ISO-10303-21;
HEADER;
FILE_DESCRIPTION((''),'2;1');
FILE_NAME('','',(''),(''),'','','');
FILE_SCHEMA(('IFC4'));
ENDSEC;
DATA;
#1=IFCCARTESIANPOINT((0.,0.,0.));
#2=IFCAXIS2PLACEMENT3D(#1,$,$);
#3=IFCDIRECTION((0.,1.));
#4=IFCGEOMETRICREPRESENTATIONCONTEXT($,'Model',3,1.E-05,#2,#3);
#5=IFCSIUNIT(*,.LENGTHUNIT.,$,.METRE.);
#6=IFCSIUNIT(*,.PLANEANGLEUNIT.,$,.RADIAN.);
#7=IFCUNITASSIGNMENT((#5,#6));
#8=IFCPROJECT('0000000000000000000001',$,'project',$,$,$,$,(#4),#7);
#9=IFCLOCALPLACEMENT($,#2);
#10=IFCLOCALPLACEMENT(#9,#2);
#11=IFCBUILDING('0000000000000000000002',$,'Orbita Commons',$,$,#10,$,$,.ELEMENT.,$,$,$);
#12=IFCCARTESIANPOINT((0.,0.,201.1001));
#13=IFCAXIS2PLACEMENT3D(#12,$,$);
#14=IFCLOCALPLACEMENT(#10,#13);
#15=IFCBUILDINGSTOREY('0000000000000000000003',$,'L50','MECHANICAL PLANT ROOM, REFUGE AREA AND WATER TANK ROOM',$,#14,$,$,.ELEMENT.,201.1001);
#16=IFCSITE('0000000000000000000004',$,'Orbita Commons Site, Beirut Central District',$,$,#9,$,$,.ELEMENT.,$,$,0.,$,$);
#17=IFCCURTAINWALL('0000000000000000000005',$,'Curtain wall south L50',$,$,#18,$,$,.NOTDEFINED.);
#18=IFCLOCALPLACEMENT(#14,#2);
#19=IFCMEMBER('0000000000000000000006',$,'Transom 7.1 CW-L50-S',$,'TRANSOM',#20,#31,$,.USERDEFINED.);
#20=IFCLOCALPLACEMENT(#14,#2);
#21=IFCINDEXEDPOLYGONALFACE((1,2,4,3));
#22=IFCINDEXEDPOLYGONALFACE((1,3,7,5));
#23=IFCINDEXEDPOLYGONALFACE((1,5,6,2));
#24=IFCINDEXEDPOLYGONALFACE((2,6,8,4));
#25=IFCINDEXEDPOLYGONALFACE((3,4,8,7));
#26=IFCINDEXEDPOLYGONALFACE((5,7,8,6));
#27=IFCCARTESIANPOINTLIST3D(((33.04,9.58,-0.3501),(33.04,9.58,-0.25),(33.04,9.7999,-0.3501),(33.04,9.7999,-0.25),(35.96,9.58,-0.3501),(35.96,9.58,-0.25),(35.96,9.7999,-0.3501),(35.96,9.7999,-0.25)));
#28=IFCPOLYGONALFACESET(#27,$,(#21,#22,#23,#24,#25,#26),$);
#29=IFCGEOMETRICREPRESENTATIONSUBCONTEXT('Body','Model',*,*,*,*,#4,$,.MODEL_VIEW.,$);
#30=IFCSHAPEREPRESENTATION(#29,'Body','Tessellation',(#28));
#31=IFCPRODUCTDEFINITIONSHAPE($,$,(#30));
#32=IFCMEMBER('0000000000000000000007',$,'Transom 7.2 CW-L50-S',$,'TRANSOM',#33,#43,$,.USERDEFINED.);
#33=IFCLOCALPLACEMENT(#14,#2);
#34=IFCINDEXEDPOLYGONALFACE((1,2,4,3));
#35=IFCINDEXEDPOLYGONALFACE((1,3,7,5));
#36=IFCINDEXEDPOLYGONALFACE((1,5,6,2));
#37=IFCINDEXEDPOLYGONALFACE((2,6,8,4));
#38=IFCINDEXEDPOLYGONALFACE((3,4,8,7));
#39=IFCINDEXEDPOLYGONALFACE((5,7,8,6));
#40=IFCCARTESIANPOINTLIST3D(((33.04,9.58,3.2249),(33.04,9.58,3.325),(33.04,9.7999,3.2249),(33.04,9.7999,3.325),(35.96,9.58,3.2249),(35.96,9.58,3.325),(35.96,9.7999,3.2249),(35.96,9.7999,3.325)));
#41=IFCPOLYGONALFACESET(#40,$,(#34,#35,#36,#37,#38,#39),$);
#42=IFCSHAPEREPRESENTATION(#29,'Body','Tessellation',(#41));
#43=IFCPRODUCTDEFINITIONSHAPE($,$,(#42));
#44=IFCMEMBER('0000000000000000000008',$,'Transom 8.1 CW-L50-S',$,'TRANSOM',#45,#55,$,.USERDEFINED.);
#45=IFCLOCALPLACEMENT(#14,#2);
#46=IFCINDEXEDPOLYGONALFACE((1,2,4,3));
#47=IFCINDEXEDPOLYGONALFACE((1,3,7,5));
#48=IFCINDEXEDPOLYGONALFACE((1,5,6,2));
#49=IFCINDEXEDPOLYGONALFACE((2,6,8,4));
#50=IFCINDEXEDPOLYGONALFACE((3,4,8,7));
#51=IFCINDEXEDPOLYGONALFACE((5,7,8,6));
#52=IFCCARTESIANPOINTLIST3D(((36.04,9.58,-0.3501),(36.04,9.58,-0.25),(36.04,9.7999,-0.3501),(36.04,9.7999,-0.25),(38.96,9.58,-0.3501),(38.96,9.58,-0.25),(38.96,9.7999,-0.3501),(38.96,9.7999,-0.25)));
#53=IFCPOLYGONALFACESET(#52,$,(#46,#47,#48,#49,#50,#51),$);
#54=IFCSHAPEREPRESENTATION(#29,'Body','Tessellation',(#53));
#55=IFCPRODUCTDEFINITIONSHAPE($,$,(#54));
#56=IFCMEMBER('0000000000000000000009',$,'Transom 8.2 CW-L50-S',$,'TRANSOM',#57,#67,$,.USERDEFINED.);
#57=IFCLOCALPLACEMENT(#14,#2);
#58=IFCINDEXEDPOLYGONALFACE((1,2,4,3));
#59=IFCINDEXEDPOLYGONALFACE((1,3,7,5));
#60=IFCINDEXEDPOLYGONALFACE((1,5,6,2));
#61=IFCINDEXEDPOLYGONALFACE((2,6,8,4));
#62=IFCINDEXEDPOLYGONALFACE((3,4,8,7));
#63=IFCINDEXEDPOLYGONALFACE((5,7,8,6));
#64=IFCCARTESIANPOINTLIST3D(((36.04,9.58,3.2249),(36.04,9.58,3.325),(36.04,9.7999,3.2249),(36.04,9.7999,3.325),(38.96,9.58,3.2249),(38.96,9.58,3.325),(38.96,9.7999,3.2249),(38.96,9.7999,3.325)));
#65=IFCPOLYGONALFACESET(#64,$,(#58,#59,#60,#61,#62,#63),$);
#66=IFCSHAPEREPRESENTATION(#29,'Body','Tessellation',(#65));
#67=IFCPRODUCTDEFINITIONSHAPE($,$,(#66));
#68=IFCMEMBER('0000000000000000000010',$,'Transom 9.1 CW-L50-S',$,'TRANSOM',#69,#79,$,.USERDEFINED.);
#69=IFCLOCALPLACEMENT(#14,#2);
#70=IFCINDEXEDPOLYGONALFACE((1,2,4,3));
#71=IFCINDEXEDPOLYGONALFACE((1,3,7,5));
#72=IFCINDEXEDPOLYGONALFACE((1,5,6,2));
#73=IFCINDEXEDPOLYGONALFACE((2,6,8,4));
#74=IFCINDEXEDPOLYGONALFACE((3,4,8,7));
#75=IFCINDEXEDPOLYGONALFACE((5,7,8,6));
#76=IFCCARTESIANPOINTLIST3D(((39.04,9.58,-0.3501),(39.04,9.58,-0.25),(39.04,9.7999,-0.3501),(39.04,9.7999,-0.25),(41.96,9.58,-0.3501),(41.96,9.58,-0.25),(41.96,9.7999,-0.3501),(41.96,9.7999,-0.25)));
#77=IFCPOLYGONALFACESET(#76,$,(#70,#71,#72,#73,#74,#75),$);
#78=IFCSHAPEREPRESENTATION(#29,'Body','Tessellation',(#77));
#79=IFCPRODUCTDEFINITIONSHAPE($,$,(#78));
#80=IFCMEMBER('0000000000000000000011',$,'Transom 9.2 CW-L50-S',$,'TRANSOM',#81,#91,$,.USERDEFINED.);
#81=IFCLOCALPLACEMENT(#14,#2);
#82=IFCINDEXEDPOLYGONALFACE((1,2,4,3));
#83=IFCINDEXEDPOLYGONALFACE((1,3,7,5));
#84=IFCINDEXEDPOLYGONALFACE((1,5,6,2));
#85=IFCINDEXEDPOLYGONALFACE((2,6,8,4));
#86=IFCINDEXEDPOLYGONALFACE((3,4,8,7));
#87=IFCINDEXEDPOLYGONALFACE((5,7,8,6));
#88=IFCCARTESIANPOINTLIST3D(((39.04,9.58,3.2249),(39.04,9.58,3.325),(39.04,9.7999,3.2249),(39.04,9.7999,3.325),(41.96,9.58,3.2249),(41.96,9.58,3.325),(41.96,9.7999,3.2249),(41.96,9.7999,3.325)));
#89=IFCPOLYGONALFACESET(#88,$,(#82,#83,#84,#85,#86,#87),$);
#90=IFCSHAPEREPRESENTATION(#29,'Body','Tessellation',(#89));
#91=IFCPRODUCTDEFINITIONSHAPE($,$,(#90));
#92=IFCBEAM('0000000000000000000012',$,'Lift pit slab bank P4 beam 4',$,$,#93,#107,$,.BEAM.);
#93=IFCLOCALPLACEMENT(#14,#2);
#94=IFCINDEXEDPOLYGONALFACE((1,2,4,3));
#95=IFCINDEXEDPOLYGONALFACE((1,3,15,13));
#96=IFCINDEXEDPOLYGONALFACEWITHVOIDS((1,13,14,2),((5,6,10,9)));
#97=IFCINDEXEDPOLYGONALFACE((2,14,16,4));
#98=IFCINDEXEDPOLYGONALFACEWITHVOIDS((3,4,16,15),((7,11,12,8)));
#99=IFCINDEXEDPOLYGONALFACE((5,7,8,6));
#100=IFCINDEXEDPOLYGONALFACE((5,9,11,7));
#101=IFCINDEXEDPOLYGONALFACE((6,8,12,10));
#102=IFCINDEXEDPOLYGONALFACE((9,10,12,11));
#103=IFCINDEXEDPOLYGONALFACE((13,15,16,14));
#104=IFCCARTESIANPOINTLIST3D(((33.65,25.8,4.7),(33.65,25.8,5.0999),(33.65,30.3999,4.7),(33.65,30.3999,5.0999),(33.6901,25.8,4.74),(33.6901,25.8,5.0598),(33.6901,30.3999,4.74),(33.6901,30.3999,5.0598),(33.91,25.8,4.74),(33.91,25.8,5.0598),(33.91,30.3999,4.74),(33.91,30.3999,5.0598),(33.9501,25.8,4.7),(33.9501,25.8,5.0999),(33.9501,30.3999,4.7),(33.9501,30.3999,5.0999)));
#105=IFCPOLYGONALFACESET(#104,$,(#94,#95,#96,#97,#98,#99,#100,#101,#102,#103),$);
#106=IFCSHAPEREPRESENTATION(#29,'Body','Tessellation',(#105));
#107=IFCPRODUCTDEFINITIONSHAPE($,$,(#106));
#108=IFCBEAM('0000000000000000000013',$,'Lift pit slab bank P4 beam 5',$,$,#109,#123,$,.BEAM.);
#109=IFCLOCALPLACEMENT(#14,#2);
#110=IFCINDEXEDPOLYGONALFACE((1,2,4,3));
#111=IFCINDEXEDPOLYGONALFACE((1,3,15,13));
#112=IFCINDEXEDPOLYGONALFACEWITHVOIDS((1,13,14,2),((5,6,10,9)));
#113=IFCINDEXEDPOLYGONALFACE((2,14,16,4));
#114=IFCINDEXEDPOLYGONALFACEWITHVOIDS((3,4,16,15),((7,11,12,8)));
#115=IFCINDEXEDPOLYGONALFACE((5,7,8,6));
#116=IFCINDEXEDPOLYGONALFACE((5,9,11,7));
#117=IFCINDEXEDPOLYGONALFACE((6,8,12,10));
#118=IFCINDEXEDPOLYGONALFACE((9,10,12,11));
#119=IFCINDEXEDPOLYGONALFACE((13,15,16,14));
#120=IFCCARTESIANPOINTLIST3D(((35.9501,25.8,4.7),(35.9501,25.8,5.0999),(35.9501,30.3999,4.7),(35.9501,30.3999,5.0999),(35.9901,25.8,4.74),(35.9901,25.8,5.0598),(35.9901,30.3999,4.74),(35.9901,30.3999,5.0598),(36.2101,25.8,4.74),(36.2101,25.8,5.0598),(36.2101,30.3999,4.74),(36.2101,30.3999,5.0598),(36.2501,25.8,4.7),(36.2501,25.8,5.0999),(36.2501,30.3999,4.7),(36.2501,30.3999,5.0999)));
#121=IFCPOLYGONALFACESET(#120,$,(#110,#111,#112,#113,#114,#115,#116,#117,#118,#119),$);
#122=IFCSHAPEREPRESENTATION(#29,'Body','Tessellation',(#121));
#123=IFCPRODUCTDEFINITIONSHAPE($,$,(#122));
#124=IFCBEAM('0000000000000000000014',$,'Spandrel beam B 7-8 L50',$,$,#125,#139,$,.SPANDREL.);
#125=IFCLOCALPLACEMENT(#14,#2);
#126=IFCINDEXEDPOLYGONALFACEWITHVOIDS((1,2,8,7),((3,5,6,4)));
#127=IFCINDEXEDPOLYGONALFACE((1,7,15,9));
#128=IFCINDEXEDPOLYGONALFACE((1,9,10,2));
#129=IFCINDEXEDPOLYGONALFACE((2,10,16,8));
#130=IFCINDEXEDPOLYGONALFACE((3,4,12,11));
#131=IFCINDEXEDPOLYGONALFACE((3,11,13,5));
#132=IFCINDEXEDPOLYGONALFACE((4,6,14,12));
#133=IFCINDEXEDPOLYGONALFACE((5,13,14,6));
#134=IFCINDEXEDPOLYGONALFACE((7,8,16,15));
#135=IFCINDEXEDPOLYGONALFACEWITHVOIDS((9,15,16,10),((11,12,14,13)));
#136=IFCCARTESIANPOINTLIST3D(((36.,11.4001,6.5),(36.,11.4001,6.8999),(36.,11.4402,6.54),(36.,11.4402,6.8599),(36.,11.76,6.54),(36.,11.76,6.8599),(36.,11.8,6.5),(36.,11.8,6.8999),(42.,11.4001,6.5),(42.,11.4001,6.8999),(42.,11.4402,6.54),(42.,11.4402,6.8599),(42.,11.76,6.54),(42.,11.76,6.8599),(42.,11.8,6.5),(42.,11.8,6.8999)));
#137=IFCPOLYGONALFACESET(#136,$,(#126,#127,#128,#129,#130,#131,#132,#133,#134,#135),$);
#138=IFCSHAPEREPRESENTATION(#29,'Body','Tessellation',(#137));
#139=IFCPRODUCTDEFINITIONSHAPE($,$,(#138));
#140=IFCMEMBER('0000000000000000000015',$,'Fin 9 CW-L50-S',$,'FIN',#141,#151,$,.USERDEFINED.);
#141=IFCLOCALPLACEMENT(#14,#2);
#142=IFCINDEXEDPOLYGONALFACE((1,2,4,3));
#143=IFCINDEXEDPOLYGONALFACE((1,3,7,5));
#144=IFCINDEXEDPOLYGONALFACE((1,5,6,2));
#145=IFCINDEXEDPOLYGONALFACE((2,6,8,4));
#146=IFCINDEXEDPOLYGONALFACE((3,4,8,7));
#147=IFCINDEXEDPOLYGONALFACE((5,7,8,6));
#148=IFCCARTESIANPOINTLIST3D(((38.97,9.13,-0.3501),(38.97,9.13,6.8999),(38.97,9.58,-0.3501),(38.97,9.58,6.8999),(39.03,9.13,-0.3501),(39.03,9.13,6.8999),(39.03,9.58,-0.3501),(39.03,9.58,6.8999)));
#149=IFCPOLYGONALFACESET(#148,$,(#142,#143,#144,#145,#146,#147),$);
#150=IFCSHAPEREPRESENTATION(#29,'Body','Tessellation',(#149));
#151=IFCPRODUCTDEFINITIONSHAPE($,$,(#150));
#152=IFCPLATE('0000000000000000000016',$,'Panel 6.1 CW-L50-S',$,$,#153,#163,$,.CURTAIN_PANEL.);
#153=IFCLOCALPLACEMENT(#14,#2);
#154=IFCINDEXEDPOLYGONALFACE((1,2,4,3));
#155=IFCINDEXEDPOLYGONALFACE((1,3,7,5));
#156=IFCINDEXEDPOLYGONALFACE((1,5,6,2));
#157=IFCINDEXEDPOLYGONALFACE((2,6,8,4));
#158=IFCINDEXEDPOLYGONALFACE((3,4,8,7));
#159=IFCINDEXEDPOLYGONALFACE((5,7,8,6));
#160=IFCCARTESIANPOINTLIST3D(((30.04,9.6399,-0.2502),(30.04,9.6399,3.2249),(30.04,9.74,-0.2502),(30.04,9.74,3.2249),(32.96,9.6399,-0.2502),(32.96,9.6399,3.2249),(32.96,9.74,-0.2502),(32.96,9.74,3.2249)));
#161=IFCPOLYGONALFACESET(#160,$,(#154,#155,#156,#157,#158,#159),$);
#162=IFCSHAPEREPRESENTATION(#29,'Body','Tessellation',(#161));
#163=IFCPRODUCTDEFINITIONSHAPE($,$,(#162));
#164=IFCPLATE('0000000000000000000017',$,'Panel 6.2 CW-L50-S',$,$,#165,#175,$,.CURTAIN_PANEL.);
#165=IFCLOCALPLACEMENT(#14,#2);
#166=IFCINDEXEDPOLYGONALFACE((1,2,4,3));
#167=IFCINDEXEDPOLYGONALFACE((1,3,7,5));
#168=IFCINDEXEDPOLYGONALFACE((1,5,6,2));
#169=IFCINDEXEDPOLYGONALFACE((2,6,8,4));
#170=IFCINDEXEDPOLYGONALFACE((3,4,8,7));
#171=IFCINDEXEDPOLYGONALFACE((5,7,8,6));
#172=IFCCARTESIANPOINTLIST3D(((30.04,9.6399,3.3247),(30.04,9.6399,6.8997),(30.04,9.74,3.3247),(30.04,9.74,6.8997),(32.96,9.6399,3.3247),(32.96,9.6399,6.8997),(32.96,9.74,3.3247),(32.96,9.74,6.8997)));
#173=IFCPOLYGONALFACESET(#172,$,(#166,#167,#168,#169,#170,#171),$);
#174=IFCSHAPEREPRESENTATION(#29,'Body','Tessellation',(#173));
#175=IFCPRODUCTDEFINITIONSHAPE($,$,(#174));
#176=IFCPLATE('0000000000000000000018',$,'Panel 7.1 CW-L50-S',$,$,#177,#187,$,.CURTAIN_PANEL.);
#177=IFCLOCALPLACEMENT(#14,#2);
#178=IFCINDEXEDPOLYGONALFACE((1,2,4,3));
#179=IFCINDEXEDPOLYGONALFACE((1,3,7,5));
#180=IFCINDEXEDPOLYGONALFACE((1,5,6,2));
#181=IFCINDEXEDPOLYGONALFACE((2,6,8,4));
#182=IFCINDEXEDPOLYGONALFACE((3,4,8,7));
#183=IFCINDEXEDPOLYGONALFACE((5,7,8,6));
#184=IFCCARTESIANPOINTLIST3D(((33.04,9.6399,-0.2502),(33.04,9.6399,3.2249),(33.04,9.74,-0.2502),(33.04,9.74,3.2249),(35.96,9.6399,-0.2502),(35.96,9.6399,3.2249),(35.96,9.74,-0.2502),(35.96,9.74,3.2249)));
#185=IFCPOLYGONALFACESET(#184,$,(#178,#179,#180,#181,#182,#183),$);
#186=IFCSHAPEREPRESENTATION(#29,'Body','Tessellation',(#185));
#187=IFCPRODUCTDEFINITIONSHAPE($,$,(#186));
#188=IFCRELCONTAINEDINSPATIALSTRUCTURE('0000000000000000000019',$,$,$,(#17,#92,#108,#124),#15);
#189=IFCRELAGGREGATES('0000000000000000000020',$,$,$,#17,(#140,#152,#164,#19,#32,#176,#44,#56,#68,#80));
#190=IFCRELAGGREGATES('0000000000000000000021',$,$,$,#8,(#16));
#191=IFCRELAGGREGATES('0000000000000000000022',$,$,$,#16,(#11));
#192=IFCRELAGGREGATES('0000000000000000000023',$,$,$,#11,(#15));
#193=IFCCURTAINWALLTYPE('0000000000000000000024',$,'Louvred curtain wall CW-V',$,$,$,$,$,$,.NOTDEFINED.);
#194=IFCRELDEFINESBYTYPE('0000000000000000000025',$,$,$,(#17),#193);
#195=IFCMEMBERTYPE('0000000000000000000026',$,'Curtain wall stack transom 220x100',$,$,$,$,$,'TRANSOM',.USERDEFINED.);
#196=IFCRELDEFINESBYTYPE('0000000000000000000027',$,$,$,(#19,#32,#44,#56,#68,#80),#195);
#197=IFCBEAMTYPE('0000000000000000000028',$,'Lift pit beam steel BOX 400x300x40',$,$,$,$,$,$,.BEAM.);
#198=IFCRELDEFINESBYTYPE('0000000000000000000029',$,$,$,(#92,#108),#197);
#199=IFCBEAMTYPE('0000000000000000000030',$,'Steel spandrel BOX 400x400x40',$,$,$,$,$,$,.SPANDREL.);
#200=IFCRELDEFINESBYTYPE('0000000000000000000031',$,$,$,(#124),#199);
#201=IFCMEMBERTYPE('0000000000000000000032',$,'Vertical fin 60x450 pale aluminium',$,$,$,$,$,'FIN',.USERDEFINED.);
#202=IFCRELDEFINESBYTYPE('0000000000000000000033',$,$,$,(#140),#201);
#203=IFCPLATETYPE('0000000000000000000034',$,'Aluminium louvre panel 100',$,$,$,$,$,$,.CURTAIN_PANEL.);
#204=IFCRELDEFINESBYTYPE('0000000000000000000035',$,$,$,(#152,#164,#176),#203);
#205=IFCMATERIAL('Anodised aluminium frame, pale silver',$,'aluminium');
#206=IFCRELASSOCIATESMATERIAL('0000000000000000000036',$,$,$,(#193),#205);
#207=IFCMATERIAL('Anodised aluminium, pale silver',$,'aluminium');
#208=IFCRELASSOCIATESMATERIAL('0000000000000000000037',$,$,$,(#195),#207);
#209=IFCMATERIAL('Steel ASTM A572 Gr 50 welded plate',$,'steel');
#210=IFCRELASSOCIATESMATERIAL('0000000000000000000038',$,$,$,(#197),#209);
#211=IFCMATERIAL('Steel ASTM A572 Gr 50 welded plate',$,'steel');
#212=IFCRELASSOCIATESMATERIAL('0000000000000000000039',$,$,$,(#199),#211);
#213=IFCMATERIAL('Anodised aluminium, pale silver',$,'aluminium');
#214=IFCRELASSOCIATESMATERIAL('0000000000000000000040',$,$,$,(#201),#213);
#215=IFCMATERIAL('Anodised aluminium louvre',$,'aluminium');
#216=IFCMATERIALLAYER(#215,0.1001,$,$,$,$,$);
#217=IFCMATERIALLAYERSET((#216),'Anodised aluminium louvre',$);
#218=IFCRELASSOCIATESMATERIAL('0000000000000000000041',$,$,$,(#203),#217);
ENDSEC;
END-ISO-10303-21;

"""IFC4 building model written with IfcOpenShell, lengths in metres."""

from ifc_helpers import new_model, si_unit, direction, frame, origin, origin_2d, place, context, subcontext, project, spatial, rectangle, hollow_rectangle, extrude, material, layer, layer_set, material_profile, profile_set, type_object, element, aggregate, save


model = new_model("IFC4")

# Units and contexts
model_context = context("Model", 3, precision=1e-05, world=origin(), true_north=direction((0.0, 1.0)))
body_context = subcontext(model_context, "Body", "Model", "MODEL_VIEW")
ifc_project = project(units=[si_unit("LENGTHUNIT", "METRE"), si_unit("PLANEANGLEUNIT", "RADIAN")], contexts=[model_context])

# Site, building, storey
site_placement = place(None, origin())
site = spatial("IfcSite", under=ifc_project, at=site_placement, Name="Orbita Commons Site, Beirut Central District", CompositionType="ELEMENT", RefElevation=0.0)
building_placement = place(site_placement, origin())
building = spatial("IfcBuilding", under=site, at=building_placement, Name="Orbita Commons", CompositionType="ELEMENT")
storey_placement = place(building_placement, frame((0.0, 0.0, 201.1001)))
storey = spatial("IfcBuildingStorey", under=building, at=storey_placement, Name="L50", Description="MECHANICAL PLANT ROOM, REFUGE AREA AND WATER TANK ROOM", CompositionType="ELEMENT", Elevation=201.1001)

# Curtain wall, members
ifc_material_1 = material(Name="Anodised aluminium frame, pale silver", Category="aluminium")
curtain_wall_type = type_object("IfcCurtainWallType", Name="Louvred curtain wall CW-V", PredefinedType="NOTDEFINED", material=ifc_material_1)
curtain_wall_placement = place(storey_placement, origin())
curtain_wall = element("IfcCurtainWall", 1, at=curtain_wall_placement, inside=storey, type_object=curtain_wall_type, Name="Curtain wall south L50", PredefinedType="NOTDEFINED")
ifc_material_2 = material(Name="Anodised aluminium, pale silver", Category="aluminium")
ifc_material_profile_1 = material_profile(ifc_material_2, rectangle(XDim=0.22, YDim=0.1001, at=origin_2d()), Name="AL 220x100")
ifc_profile_set_1 = profile_set([ifc_material_profile_1], Name="Anodised aluminium, pale silver")
member_type_1 = type_object("IfcMemberType", Name="Curtain wall stack transom 220x100", ElementType="TRANSOM", PredefinedType="USERDEFINED", material=ifc_profile_set_1)
member_1_placement = place(storey_placement, frame((33.04, 9.6899, -0.3), z_axis=(1.0, 0.0, 0.0), x_axis=(0.0, 1.0, 0.0)))
member_1 = element("IfcMember", 2, at=member_1_placement, type_object=member_type_1, Name="Transom 7.1 CW-L50-S", ObjectType="TRANSOM", PredefinedType="USERDEFINED", context=body_context, shape_type="SweptSolid", body=[
    extrude(rectangle(XDim=0.22, YDim=0.1001, at=origin_2d()), origin(), (0.0, 0.0, 1.0), 2.9199),
])
member_2_placement = place(storey_placement, frame((33.04, 9.6899, 3.2749), z_axis=(1.0, 0.0, 0.0), x_axis=(0.0, 1.0, 0.0)))
member_2 = element("IfcMember", 3, at=member_2_placement, type_object=member_type_1, Name="Transom 7.2 CW-L50-S", ObjectType="TRANSOM", PredefinedType="USERDEFINED", context=body_context, shape_type="SweptSolid", body=[
    extrude(rectangle(XDim=0.22, YDim=0.1001, at=origin_2d()), origin(), (0.0, 0.0, 1.0), 2.9199),
])
member_3_placement = place(storey_placement, frame((36.04, 9.6899, -0.3), z_axis=(1.0, 0.0, 0.0), x_axis=(0.0, 1.0, 0.0)))
member_3 = element("IfcMember", 4, at=member_3_placement, type_object=member_type_1, Name="Transom 8.1 CW-L50-S", ObjectType="TRANSOM", PredefinedType="USERDEFINED", context=body_context, shape_type="SweptSolid", body=[
    extrude(rectangle(XDim=0.22, YDim=0.1001, at=origin_2d()), origin(), (0.0, 0.0, 1.0), 2.9199),
])
member_4_placement = place(storey_placement, frame((36.04, 9.6899, 3.2749), z_axis=(1.0, 0.0, 0.0), x_axis=(0.0, 1.0, 0.0)))
member_4 = element("IfcMember", 5, at=member_4_placement, type_object=member_type_1, Name="Transom 8.2 CW-L50-S", ObjectType="TRANSOM", PredefinedType="USERDEFINED", context=body_context, shape_type="SweptSolid", body=[
    extrude(rectangle(XDim=0.22, YDim=0.1001, at=origin_2d()), origin(), (0.0, 0.0, 1.0), 2.9199),
])
member_5_placement = place(storey_placement, frame((39.04, 9.6899, -0.3), z_axis=(1.0, 0.0, 0.0), x_axis=(0.0, 1.0, 0.0)))
member_5 = element("IfcMember", 6, at=member_5_placement, type_object=member_type_1, Name="Transom 9.1 CW-L50-S", ObjectType="TRANSOM", PredefinedType="USERDEFINED", context=body_context, shape_type="SweptSolid", body=[
    extrude(rectangle(XDim=0.22, YDim=0.1001, at=origin_2d()), origin(), (0.0, 0.0, 1.0), 2.9199),
])
member_6_placement = place(storey_placement, frame((39.04, 9.6899, 3.2749), z_axis=(1.0, 0.0, 0.0), x_axis=(0.0, 1.0, 0.0)))
member_6 = element("IfcMember", 7, at=member_6_placement, type_object=member_type_1, Name="Transom 9.2 CW-L50-S", ObjectType="TRANSOM", PredefinedType="USERDEFINED", context=body_context, shape_type="SweptSolid", body=[
    extrude(rectangle(XDim=0.22, YDim=0.1001, at=origin_2d()), origin(), (0.0, 0.0, 1.0), 2.9199),
])

# Beams
ifc_material_3 = material(Name="Steel ASTM A572 Gr 50 welded plate", Category="steel")
ifc_material_profile_2 = material_profile(ifc_material_3, hollow_rectangle(XDim=0.3, YDim=0.3999, WallThickness=0.04, at=origin_2d()), Name="BOX 400x300x40")
ifc_profile_set_2 = profile_set([ifc_material_profile_2], Name="Steel ASTM A572 Gr 50 welded plate")
beam_type_1 = type_object("IfcBeamType", Name="Lift pit beam steel BOX 400x300x40", PredefinedType="BEAM", material=ifc_profile_set_2)
for number, where, z_axis, x_axis, name in (
    (8, (33.8, 25.8, 4.8999), (0.0, 1.0, 0.0), (-1.0, 0.0, 0.0), "Lift pit slab bank P4 beam 4"),
    (9, (36.1001, 25.8, 4.8999), (0.0, 1.0, 0.0), (-1.0, 0.0, 0.0), "Lift pit slab bank P4 beam 5"),
):
    element("IfcBeam", number, at=place(storey_placement, frame(where, z_axis=z_axis, x_axis=x_axis)), inside=storey, type_object=beam_type_1, Name=name, PredefinedType="BEAM", context=body_context, shape_type="SweptSolid", body=[
        extrude(hollow_rectangle(XDim=0.3, YDim=0.3999, WallThickness=0.04, at=origin_2d()), origin(), (0.0, 0.0, 1.0), 4.5999),
    ])
ifc_material_4 = material(Name="Steel ASTM A572 Gr 50 welded plate", Category="steel")
ifc_material_profile_3 = material_profile(ifc_material_4, hollow_rectangle(XDim=0.3999, YDim=0.3999, WallThickness=0.04, at=origin_2d()), Name="BOX 400x400x40")
ifc_profile_set_3 = profile_set([ifc_material_profile_3], Name="Steel ASTM A572 Gr 50 welded plate")
beam_type_2 = type_object("IfcBeamType", Name="Steel spandrel BOX 400x400x40", PredefinedType="SPANDREL", material=ifc_profile_set_3)
beam_placement = place(storey_placement, frame((36.0, 11.6001, 6.7), z_axis=(1.0, 0.0, 0.0), x_axis=(0.0, 1.0, 0.0)))
element("IfcBeam", 10, at=beam_placement, inside=storey, type_object=beam_type_2, Name="Spandrel beam B 7-8 L50", PredefinedType="SPANDREL", context=body_context, shape_type="SweptSolid", body=[
    extrude(hollow_rectangle(XDim=0.3999, YDim=0.3999, WallThickness=0.04, at=origin_2d()), origin(), (0.0, 0.0, 1.0), 6.0),
])

# Member
ifc_material_5 = material(Name="Anodised aluminium, pale silver", Category="aluminium")
ifc_material_profile_4 = material_profile(ifc_material_5, rectangle(XDim=0.0601, YDim=0.45, at=origin_2d()), Name="FIN 60x450")
ifc_profile_set_4 = profile_set([ifc_material_profile_4], Name="Anodised aluminium, pale silver")
member_type_2 = type_object("IfcMemberType", Name="Vertical fin 60x450 pale aluminium", ElementType="FIN", PredefinedType="USERDEFINED", material=ifc_profile_set_4)
member_7_placement = place(storey_placement, frame((39.0, 9.355, -0.3501), z_axis=(0.0, 0.0, 1.0), x_axis=(1.0, 0.0, 0.0)))
member_7 = element("IfcMember", 11, at=member_7_placement, type_object=member_type_2, Name="Fin 9 CW-L50-S", ObjectType="FIN", PredefinedType="USERDEFINED", context=body_context, shape_type="SweptSolid", body=[
    extrude(rectangle(XDim=0.0601, YDim=0.45, at=origin_2d()), origin(), (0.0, 0.0, 1.0), 7.25),
])

# Plates
ifc_material_6 = material(Name="Anodised aluminium louvre", Category="aluminium")
ifc_layer_1 = layer(ifc_material_6, 0.1001)
ifc_layer_set_1 = layer_set([ifc_layer_1], Name="Anodised aluminium louvre")
plate_type = type_object("IfcPlateType", Name="Aluminium louvre panel 100", PredefinedType="CURTAIN_PANEL", material=ifc_layer_set_1)
plate_1_placement = place(storey_placement, frame((31.5, 9.6899, -0.2502), z_axis=(0.0, 0.0, 1.0), x_axis=(1.0, 0.0, 0.0)))
plate_1 = element("IfcPlate", 12, at=plate_1_placement, type_object=plate_type, Name="Panel 6.1 CW-L50-S", PredefinedType="CURTAIN_PANEL", context=body_context, shape_type="SweptSolid", body=[
    extrude(rectangle(XDim=2.9199, YDim=0.1001, at=origin_2d()), origin(), (0.0, 0.0, 1.0), 3.4751),
])
plate_2_placement = place(storey_placement, frame((31.5, 9.6899, 3.3247), z_axis=(0.0, 0.0, 1.0), x_axis=(1.0, 0.0, 0.0)))
plate_2 = element("IfcPlate", 13, at=plate_2_placement, type_object=plate_type, Name="Panel 6.2 CW-L50-S", PredefinedType="CURTAIN_PANEL", context=body_context, shape_type="SweptSolid", body=[
    extrude(rectangle(XDim=2.9199, YDim=0.1001, at=origin_2d()), origin(), (0.0, 0.0, 1.0), 3.575),
])
plate_3_placement = place(storey_placement, frame((34.5, 9.6899, -0.2502), z_axis=(0.0, 0.0, 1.0), x_axis=(1.0, 0.0, 0.0)))
plate_3 = element("IfcPlate", 14, at=plate_3_placement, type_object=plate_type, Name="Panel 7.1 CW-L50-S", PredefinedType="CURTAIN_PANEL", context=body_context, shape_type="SweptSolid", body=[
    extrude(rectangle(XDim=2.9199, YDim=0.1001, at=origin_2d()), origin(), (0.0, 0.0, 1.0), 3.4751),
])
aggregate(curtain_wall, [member_7, plate_1, plate_2, member_1, member_2, plate_3, member_3, member_4, member_5, member_6])

save(model, "model.ifc")
